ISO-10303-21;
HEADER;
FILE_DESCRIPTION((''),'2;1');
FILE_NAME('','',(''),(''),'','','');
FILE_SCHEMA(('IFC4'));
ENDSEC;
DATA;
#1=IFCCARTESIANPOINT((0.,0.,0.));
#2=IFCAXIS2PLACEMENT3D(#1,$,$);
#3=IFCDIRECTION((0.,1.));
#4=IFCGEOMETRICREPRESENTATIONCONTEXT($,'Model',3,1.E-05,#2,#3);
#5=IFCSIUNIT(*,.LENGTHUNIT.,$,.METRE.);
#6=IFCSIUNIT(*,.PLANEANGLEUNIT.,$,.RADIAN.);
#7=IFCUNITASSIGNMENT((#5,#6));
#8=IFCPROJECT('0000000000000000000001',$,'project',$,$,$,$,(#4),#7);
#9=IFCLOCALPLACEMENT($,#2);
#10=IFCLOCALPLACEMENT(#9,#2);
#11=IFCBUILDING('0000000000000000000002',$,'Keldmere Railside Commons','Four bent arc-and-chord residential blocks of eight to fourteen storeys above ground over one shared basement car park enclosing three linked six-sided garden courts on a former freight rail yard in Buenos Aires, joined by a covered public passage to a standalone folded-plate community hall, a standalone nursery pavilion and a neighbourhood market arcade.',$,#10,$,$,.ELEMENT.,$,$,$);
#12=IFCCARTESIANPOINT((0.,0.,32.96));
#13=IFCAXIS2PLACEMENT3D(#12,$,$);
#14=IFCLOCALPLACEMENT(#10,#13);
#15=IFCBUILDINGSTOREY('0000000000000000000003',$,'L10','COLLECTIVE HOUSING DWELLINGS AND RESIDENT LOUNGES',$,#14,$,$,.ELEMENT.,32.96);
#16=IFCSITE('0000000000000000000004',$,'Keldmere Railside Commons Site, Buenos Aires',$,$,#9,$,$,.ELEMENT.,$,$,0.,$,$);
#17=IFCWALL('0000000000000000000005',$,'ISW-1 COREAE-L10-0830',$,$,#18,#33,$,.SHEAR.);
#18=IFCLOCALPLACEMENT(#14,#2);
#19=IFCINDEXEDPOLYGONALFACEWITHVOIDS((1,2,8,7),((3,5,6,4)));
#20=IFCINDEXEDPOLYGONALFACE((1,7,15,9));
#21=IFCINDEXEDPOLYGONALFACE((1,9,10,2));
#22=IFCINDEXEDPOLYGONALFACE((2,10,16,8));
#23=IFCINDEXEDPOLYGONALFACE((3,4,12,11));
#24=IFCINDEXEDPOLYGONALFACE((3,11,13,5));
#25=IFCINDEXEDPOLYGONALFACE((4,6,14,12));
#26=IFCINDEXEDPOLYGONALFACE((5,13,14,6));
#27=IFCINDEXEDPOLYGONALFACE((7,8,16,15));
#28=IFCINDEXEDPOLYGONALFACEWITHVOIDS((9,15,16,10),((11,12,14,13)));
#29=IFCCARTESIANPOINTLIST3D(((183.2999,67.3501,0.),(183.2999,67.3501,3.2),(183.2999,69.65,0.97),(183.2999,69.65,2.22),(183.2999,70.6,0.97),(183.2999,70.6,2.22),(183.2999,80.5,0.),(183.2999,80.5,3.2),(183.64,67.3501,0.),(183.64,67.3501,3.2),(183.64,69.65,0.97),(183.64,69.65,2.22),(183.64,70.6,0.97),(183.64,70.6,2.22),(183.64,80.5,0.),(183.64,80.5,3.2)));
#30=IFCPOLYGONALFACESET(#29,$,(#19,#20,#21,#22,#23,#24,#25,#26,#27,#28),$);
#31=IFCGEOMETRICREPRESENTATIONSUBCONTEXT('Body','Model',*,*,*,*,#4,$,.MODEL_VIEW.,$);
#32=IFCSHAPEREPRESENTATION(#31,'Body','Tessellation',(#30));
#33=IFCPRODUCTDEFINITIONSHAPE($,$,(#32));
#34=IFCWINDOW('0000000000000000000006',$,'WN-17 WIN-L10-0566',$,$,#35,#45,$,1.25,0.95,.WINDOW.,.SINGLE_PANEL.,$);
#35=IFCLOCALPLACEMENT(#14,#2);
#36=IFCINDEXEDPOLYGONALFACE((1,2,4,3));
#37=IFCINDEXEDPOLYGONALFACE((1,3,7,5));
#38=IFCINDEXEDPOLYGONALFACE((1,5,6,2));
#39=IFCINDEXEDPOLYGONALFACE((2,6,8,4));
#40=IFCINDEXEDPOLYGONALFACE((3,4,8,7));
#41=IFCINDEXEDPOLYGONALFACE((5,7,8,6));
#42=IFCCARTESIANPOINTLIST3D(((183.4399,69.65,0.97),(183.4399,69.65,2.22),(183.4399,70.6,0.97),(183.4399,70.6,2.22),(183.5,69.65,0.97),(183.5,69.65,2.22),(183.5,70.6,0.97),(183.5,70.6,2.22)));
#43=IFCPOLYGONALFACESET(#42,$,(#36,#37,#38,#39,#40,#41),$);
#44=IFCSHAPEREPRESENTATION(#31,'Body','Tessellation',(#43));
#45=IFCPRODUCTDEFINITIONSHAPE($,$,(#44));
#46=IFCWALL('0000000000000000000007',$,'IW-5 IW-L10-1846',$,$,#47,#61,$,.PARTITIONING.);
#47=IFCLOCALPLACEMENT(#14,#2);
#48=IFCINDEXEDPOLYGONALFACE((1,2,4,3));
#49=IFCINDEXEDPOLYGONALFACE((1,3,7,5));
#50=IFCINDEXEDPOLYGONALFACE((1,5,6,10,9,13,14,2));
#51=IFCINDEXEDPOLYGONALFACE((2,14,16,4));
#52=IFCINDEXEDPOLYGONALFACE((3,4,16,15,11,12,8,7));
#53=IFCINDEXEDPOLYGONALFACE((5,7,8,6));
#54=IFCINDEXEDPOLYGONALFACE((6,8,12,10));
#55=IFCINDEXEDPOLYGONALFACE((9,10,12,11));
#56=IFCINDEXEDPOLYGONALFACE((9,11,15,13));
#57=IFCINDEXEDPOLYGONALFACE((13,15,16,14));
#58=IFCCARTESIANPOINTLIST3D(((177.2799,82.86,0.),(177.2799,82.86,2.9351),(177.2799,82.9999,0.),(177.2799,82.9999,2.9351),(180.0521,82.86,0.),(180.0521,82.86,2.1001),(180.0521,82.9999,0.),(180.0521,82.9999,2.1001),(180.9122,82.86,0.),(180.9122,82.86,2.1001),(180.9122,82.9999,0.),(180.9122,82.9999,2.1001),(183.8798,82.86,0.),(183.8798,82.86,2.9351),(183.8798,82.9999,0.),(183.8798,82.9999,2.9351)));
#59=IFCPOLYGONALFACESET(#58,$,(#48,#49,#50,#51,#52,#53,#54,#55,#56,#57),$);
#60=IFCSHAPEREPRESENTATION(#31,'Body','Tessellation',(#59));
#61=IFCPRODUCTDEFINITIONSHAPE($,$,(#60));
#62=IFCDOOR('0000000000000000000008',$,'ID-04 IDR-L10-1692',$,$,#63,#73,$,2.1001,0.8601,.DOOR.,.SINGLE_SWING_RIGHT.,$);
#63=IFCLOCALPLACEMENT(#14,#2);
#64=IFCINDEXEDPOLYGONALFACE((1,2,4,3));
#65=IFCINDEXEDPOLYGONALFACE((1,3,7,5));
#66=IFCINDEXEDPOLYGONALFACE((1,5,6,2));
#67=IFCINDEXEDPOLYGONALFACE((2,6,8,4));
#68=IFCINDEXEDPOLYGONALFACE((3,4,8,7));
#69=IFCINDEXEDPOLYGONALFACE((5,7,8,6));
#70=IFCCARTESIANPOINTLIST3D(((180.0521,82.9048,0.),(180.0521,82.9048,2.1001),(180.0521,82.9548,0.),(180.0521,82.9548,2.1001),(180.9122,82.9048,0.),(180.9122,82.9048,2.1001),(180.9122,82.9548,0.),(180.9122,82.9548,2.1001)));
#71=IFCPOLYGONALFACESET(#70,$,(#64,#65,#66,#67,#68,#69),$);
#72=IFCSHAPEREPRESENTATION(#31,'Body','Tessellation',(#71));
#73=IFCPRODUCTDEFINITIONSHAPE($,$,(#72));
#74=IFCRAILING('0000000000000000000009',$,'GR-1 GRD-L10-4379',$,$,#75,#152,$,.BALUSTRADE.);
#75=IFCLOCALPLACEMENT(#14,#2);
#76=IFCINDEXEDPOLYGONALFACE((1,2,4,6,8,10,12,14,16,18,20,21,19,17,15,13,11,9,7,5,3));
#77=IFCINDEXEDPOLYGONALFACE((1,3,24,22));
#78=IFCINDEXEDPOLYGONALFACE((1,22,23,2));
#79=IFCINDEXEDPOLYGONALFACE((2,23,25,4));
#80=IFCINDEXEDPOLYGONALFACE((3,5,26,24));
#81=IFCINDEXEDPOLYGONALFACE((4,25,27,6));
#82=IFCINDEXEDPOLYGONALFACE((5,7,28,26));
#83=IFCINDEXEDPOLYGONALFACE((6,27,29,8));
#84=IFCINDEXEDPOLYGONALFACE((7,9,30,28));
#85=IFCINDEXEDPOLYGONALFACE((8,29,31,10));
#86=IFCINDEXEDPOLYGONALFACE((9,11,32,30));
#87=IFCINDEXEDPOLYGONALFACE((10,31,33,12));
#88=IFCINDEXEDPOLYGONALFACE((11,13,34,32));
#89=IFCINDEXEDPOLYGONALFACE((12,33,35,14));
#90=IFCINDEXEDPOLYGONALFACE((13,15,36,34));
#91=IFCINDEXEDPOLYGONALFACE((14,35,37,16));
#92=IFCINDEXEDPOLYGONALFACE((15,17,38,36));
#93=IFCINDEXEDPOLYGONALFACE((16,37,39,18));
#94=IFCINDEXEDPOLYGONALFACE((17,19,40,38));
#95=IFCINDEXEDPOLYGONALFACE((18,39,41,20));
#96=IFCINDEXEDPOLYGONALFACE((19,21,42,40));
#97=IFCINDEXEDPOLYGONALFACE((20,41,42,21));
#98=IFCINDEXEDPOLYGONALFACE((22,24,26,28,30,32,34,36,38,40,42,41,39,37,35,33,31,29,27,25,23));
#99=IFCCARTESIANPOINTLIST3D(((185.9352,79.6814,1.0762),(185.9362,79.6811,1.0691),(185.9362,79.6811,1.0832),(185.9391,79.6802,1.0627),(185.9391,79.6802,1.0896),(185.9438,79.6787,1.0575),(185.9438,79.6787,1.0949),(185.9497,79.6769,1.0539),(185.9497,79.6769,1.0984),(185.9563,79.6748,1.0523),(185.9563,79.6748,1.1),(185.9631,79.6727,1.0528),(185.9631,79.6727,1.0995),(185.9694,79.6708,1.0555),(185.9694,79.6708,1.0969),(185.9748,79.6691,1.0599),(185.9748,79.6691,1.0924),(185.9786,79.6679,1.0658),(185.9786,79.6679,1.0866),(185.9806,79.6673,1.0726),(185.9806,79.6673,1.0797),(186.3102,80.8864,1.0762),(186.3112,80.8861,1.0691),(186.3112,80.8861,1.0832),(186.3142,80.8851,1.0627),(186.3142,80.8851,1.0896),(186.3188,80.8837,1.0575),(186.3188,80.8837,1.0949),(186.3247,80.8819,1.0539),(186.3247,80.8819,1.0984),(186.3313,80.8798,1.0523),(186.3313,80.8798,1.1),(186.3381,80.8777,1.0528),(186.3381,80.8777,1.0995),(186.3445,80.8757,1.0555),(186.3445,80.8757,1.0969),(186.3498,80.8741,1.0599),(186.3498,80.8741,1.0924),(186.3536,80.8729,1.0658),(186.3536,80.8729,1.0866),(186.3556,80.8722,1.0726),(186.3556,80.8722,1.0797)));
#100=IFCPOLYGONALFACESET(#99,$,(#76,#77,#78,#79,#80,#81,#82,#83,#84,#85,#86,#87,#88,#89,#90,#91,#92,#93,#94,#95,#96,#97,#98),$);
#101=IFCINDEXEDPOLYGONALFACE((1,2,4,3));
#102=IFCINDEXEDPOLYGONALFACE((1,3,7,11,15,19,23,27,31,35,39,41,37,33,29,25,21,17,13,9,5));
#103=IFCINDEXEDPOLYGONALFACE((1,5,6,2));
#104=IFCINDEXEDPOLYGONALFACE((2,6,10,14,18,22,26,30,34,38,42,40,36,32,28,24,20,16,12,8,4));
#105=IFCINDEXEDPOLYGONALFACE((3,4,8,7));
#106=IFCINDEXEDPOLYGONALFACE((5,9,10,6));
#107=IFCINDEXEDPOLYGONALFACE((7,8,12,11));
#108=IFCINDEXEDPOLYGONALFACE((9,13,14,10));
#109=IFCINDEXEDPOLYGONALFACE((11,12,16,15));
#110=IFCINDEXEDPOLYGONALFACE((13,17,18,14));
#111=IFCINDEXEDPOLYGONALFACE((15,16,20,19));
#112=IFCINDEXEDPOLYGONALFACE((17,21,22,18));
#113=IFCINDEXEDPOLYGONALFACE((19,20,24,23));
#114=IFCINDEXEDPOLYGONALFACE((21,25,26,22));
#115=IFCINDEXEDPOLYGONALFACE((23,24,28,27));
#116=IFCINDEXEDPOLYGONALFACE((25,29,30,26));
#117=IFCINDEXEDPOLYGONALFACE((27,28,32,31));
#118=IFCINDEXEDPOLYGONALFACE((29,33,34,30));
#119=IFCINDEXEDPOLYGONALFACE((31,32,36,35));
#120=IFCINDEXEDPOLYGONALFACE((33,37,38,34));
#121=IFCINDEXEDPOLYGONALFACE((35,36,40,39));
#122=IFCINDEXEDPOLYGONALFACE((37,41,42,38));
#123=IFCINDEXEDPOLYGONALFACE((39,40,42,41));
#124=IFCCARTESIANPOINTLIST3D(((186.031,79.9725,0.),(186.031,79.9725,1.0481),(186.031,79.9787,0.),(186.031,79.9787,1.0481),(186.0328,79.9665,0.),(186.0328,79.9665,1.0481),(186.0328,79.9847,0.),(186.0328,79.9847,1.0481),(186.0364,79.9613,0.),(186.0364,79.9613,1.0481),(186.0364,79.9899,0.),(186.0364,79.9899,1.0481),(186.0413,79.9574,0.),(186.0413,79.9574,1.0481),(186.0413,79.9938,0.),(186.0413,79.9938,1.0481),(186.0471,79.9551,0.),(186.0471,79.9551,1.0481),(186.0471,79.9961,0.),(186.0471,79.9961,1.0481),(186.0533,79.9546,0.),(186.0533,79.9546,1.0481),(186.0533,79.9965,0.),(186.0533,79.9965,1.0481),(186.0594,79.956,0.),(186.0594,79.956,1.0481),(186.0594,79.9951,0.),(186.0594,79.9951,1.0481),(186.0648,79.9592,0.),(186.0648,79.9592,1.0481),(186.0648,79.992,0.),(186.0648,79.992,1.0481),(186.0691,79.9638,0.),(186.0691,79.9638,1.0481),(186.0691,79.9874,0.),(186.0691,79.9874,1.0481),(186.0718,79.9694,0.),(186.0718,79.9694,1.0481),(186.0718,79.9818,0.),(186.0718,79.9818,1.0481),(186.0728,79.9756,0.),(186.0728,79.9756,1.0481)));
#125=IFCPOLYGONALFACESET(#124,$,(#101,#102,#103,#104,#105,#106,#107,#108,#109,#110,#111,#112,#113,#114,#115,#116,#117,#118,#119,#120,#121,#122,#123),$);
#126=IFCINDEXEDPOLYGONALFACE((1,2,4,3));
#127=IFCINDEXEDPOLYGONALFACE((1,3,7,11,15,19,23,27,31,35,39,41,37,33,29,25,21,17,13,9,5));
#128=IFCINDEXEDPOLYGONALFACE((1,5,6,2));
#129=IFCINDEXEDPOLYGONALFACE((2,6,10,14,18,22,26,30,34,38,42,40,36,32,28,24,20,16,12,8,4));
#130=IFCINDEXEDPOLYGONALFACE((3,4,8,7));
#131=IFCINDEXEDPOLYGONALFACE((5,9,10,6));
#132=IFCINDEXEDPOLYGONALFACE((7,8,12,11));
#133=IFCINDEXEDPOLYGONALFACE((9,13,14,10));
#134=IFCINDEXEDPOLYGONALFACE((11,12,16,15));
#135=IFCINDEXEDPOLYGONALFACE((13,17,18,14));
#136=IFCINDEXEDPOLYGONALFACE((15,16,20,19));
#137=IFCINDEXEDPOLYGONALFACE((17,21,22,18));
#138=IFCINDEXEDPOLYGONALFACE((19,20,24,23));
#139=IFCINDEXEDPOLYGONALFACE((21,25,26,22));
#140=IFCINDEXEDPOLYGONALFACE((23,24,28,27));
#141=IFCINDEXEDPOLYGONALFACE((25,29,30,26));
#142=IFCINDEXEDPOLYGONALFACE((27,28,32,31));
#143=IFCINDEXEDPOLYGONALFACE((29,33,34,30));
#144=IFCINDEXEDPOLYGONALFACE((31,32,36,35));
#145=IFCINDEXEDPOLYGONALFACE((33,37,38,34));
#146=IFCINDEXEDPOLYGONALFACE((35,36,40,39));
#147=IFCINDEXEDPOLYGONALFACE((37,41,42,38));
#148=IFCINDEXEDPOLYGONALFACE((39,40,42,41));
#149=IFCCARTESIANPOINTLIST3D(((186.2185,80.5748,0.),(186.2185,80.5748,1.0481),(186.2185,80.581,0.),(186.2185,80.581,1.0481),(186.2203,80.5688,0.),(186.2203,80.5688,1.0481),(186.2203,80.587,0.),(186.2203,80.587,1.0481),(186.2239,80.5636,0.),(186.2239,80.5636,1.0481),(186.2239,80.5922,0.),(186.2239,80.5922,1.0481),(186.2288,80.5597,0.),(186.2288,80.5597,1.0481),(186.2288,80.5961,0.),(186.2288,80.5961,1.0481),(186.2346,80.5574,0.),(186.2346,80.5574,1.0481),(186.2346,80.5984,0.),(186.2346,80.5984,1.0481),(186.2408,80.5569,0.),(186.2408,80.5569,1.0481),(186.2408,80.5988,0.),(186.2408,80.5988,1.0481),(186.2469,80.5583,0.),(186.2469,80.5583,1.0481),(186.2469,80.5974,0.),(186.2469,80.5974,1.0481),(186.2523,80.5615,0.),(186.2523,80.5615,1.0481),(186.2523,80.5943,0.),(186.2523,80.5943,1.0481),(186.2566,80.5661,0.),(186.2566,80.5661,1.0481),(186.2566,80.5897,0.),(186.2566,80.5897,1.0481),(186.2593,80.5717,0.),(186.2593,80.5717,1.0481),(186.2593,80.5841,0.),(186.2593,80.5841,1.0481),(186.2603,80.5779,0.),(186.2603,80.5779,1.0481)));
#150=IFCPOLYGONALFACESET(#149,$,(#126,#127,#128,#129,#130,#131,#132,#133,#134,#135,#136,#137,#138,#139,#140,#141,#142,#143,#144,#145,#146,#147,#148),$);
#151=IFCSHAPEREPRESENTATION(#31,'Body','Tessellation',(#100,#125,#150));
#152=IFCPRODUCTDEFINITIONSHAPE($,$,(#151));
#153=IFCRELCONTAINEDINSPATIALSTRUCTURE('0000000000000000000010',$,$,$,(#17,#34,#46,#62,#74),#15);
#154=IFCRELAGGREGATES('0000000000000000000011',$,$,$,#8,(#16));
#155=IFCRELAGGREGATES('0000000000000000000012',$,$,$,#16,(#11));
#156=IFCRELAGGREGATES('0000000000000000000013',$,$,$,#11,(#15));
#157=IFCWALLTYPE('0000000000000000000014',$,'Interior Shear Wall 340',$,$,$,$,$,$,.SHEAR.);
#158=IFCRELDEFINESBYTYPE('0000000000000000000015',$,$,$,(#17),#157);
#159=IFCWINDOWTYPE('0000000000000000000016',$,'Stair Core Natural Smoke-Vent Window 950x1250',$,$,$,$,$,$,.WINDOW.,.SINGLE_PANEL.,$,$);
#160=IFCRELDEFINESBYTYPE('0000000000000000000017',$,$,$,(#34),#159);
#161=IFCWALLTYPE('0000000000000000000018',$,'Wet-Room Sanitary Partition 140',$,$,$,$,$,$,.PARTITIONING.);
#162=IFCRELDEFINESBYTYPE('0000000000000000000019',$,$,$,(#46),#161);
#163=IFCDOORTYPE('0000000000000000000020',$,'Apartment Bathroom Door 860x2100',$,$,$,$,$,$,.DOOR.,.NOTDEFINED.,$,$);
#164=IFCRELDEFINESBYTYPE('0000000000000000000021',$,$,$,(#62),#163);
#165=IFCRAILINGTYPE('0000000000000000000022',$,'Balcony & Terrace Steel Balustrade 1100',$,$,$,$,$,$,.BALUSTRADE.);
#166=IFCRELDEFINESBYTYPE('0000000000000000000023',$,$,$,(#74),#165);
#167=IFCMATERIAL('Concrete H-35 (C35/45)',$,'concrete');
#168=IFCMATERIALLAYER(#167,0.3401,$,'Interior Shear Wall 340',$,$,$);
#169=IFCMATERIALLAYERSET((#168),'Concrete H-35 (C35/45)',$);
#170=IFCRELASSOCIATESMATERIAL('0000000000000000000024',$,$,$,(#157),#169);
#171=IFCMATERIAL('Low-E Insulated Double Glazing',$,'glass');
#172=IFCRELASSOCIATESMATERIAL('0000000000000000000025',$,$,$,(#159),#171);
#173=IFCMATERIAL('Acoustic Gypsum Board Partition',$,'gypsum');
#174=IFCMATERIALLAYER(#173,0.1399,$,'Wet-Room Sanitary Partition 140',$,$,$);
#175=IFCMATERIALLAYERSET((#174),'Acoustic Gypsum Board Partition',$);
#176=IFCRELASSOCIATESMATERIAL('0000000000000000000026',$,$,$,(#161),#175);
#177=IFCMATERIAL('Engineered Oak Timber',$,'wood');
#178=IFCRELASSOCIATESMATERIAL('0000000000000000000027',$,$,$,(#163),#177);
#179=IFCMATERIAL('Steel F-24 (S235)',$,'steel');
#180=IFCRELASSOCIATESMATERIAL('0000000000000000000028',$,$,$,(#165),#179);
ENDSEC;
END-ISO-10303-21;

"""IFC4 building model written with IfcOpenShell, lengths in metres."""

from ifc_helpers import new_model, si_unit, direction, frame, frame_2d, origin, origin_2d, place, context, subcontext, project, spatial, rectangle, circle, extrude, material, layer, layer_set, type_object, element, fill, save


model = new_model("IFC4")

# Units and contexts
model_context = context("Model", 3, precision=1e-05, world=origin(), true_north=direction((0.0, 1.0)))
body_context = subcontext(model_context, "Body", "Model", "MODEL_VIEW")
ifc_project = project(units=[si_unit("LENGTHUNIT", "METRE"), si_unit("PLANEANGLEUNIT", "RADIAN")], contexts=[model_context])

# Site, building, storey
site_placement = place(None, origin())
site = spatial("IfcSite", under=ifc_project, at=site_placement, Name="Keldmere Railside Commons Site, Buenos Aires", CompositionType="ELEMENT", RefElevation=0.0)
building_placement = place(site_placement, origin())
building = spatial("IfcBuilding", under=site, at=building_placement, Name="Keldmere Railside Commons", Description="Four bent arc-and-chord residential blocks of eight to fourteen storeys above ground over one shared basement car park enclosing three linked six-sided garden courts on a former freight rail yard in Buenos Aires, joined by a covered public passage to a standalone folded-plate community hall, a standalone nursery pavilion and a neighbourhood market arcade.", CompositionType="ELEMENT")
storey_placement = place(building_placement, frame((0.0, 0.0, 32.96)))
storey = spatial("IfcBuildingStorey", under=building, at=storey_placement, Name="L10", Description="COLLECTIVE HOUSING DWELLINGS AND RESIDENT LOUNGES", CompositionType="ELEMENT", Elevation=32.96)

# Shared definitions
ifc_material_1 = material(Name="Concrete H-35 (C35/45)", Category="concrete")

# Shared definitions
ifc_material_2 = material(Name="Acoustic Gypsum Board Partition", Category="gypsum")

# Shared definitions
ifc_material_3 = material(Name="Engineered Oak Timber", Category="wood")

# Wall, opening, window
ifc_layer_1 = layer(ifc_material_1, 0.3401, Name="Interior Shear Wall 340")
ifc_layer_set_1 = layer_set([ifc_layer_1], Name="Concrete H-35 (C35/45)")
wall_type_1 = type_object("IfcWallType", Name="Interior Shear Wall 340", PredefinedType="SHEAR", material=ifc_layer_set_1)
wall_1_placement = place(storey_placement, frame((183.47, 80.5, 0.0), z_axis=(0.0, 0.0, 1.0), x_axis=(0.0, -1.0, 0.0)))
wall_1 = element("IfcWall", 1, at=wall_1_placement, inside=storey, type_object=wall_type_1, Name="ISW-1 COREAE-L10-0830", PredefinedType="SHEAR", context=body_context, shape_type="SweptSolid", body=[
    extrude(rectangle(XDim=13.1499, YDim=0.3401, at=frame_2d((6.575, 0.0))), origin(), (0.0, 0.0, 1.0), 3.2),
])
opening_1_placement = place(wall_1_placement, frame((9.8999, 0.0, 0.97)))
opening_1 = element("IfcOpeningElement", 2, at=opening_1_placement, cuts=wall_1, PredefinedType="OPENING", context=body_context, shape_type="SweptSolid", body=[
    extrude(rectangle(XDim=0.95, YDim=1.25, at=frame_2d((0.4751, 0.625))), frame((0.0, 0.1799, 0.0), z_axis=(0.0, -1.0, 0.0), x_axis=(1.0, 0.0, 0.0)), (0.0, 0.0, 1.0), 0.3601),
])
ifc_material_4 = material(Name="Low-E Insulated Double Glazing", Category="glass")
window_type = type_object("IfcWindowType", Name="Stair Core Natural Smoke-Vent Window 950x1250", PartitioningType="SINGLE_PANEL", PredefinedType="WINDOW", material=ifc_material_4)
window_placement = place(opening_1_placement, origin())
window = element("IfcWindow", 3, at=window_placement, inside=storey, type_object=window_type, Name="WN-17 WIN-L10-0566", OverallHeight=1.25, OverallWidth=0.95, PartitioningType="SINGLE_PANEL", PredefinedType="WINDOW", context=body_context, shape_type="SweptSolid", body=[
    extrude(rectangle(XDim=0.95, YDim=1.25, at=frame_2d((0.4751, 0.625))), frame((0.0, 0.03, 0.0), z_axis=(0.0, -1.0, 0.0), x_axis=(1.0, 0.0, 0.0)), (0.0, 0.0, 1.0), 0.0601),
])
fill(opening_1, window)

# Wall, opening, door
ifc_layer_2 = layer(ifc_material_2, 0.1399, Name="Wet-Room Sanitary Partition 140")
ifc_layer_set_2 = layer_set([ifc_layer_2], Name="Acoustic Gypsum Board Partition")
wall_type_2 = type_object("IfcWallType", Name="Wet-Room Sanitary Partition 140", PredefinedType="PARTITIONING", material=ifc_layer_set_2)
wall_2_placement = place(storey_placement, frame((177.28, 82.9299, 0.0), z_axis=(0.0, 0.0, 1.0), x_axis=(1.0, 0.0, 0.0)))
wall_2 = element("IfcWall", 4, at=wall_2_placement, inside=storey, type_object=wall_type_2, Name="IW-5 IW-L10-1846", PredefinedType="PARTITIONING", context=body_context, shape_type="SweptSolid", body=[
    extrude(rectangle(XDim=6.5999, YDim=0.1399, at=frame_2d((3.2998, 0.0))), origin(), (0.0, 0.0, 1.0), 2.9351),
])
opening_2_placement = place(wall_2_placement, frame((2.772, 0.0, 0.0)))
opening_2 = element("IfcOpeningElement", 5, at=opening_2_placement, cuts=wall_2, PredefinedType="OPENING", context=body_context, shape_type="SweptSolid", body=[
    extrude(rectangle(XDim=0.8601, YDim=2.1001, at=frame_2d((0.4302, 1.05))), frame((0.0, 0.0798, 0.0), z_axis=(0.0, -1.0, 0.0), x_axis=(1.0, 0.0, 0.0)), (0.0, 0.0, 1.0), 0.1599),
])
door_type_1 = type_object("IfcDoorType", Name="Apartment Bathroom Door 860x2100", OperationType="NOTDEFINED", PredefinedType="DOOR", material=ifc_material_3)
door_1_placement = place(opening_2_placement, origin())
door_1 = element("IfcDoor", 6, at=door_1_placement, inside=storey, type_object=door_type_1, Name="ID-04 IDR-L10-1692", OperationType="SINGLE_SWING_RIGHT", OverallHeight=2.1001, OverallWidth=0.8601, PredefinedType="DOOR", context=body_context, shape_type="SweptSolid", body=[
    extrude(rectangle(XDim=0.8601, YDim=2.1001, at=frame_2d((0.4302, 1.05))), frame((0.0, 0.0249, 0.0), z_axis=(0.0, -1.0, 0.0), x_axis=(1.0, 0.0, 0.0)), (0.0, 0.0, 1.0), 0.05),
])
fill(opening_2, door_1)

# Railing
ifc_material_5 = material(Name="Steel F-24 (S235)", Category="steel")
railing_type = type_object("IfcRailingType", Name="Balcony & Terrace Steel Balustrade 1100", PredefinedType="BALUSTRADE", material=ifc_material_5)
railing_1_placement = place(storey_placement, frame((185.958, 79.6743, 0.0)))
element("IfcRailing", 7, at=railing_1_placement, inside=storey, type_object=railing_type, Name="GR-1 GRD-L10-4379", PredefinedType="BALUSTRADE", context=body_context, shape_type="SweptSolid", body=[
    extrude(circle(Radius=0.0239, at=origin_2d()), frame((0.0, 0.0, 1.0762), z_axis=(0.297184, 0.95482, 0.0), x_axis=(-0.95482, 0.297184, 0.0)), (0.0, 0.0, 1.0), 1.262),
    extrude(circle(Radius=0.021, at=origin_2d()), frame((0.0938, 0.3013, 0.0)), (0.0, 0.0, 1.0), 1.0481),
    extrude(circle(Radius=0.021, at=origin_2d()), frame((0.2812, 0.9036, 0.0)), (0.0, 0.0, 1.0), 1.0481),
])

save(model, "model.ifc")
